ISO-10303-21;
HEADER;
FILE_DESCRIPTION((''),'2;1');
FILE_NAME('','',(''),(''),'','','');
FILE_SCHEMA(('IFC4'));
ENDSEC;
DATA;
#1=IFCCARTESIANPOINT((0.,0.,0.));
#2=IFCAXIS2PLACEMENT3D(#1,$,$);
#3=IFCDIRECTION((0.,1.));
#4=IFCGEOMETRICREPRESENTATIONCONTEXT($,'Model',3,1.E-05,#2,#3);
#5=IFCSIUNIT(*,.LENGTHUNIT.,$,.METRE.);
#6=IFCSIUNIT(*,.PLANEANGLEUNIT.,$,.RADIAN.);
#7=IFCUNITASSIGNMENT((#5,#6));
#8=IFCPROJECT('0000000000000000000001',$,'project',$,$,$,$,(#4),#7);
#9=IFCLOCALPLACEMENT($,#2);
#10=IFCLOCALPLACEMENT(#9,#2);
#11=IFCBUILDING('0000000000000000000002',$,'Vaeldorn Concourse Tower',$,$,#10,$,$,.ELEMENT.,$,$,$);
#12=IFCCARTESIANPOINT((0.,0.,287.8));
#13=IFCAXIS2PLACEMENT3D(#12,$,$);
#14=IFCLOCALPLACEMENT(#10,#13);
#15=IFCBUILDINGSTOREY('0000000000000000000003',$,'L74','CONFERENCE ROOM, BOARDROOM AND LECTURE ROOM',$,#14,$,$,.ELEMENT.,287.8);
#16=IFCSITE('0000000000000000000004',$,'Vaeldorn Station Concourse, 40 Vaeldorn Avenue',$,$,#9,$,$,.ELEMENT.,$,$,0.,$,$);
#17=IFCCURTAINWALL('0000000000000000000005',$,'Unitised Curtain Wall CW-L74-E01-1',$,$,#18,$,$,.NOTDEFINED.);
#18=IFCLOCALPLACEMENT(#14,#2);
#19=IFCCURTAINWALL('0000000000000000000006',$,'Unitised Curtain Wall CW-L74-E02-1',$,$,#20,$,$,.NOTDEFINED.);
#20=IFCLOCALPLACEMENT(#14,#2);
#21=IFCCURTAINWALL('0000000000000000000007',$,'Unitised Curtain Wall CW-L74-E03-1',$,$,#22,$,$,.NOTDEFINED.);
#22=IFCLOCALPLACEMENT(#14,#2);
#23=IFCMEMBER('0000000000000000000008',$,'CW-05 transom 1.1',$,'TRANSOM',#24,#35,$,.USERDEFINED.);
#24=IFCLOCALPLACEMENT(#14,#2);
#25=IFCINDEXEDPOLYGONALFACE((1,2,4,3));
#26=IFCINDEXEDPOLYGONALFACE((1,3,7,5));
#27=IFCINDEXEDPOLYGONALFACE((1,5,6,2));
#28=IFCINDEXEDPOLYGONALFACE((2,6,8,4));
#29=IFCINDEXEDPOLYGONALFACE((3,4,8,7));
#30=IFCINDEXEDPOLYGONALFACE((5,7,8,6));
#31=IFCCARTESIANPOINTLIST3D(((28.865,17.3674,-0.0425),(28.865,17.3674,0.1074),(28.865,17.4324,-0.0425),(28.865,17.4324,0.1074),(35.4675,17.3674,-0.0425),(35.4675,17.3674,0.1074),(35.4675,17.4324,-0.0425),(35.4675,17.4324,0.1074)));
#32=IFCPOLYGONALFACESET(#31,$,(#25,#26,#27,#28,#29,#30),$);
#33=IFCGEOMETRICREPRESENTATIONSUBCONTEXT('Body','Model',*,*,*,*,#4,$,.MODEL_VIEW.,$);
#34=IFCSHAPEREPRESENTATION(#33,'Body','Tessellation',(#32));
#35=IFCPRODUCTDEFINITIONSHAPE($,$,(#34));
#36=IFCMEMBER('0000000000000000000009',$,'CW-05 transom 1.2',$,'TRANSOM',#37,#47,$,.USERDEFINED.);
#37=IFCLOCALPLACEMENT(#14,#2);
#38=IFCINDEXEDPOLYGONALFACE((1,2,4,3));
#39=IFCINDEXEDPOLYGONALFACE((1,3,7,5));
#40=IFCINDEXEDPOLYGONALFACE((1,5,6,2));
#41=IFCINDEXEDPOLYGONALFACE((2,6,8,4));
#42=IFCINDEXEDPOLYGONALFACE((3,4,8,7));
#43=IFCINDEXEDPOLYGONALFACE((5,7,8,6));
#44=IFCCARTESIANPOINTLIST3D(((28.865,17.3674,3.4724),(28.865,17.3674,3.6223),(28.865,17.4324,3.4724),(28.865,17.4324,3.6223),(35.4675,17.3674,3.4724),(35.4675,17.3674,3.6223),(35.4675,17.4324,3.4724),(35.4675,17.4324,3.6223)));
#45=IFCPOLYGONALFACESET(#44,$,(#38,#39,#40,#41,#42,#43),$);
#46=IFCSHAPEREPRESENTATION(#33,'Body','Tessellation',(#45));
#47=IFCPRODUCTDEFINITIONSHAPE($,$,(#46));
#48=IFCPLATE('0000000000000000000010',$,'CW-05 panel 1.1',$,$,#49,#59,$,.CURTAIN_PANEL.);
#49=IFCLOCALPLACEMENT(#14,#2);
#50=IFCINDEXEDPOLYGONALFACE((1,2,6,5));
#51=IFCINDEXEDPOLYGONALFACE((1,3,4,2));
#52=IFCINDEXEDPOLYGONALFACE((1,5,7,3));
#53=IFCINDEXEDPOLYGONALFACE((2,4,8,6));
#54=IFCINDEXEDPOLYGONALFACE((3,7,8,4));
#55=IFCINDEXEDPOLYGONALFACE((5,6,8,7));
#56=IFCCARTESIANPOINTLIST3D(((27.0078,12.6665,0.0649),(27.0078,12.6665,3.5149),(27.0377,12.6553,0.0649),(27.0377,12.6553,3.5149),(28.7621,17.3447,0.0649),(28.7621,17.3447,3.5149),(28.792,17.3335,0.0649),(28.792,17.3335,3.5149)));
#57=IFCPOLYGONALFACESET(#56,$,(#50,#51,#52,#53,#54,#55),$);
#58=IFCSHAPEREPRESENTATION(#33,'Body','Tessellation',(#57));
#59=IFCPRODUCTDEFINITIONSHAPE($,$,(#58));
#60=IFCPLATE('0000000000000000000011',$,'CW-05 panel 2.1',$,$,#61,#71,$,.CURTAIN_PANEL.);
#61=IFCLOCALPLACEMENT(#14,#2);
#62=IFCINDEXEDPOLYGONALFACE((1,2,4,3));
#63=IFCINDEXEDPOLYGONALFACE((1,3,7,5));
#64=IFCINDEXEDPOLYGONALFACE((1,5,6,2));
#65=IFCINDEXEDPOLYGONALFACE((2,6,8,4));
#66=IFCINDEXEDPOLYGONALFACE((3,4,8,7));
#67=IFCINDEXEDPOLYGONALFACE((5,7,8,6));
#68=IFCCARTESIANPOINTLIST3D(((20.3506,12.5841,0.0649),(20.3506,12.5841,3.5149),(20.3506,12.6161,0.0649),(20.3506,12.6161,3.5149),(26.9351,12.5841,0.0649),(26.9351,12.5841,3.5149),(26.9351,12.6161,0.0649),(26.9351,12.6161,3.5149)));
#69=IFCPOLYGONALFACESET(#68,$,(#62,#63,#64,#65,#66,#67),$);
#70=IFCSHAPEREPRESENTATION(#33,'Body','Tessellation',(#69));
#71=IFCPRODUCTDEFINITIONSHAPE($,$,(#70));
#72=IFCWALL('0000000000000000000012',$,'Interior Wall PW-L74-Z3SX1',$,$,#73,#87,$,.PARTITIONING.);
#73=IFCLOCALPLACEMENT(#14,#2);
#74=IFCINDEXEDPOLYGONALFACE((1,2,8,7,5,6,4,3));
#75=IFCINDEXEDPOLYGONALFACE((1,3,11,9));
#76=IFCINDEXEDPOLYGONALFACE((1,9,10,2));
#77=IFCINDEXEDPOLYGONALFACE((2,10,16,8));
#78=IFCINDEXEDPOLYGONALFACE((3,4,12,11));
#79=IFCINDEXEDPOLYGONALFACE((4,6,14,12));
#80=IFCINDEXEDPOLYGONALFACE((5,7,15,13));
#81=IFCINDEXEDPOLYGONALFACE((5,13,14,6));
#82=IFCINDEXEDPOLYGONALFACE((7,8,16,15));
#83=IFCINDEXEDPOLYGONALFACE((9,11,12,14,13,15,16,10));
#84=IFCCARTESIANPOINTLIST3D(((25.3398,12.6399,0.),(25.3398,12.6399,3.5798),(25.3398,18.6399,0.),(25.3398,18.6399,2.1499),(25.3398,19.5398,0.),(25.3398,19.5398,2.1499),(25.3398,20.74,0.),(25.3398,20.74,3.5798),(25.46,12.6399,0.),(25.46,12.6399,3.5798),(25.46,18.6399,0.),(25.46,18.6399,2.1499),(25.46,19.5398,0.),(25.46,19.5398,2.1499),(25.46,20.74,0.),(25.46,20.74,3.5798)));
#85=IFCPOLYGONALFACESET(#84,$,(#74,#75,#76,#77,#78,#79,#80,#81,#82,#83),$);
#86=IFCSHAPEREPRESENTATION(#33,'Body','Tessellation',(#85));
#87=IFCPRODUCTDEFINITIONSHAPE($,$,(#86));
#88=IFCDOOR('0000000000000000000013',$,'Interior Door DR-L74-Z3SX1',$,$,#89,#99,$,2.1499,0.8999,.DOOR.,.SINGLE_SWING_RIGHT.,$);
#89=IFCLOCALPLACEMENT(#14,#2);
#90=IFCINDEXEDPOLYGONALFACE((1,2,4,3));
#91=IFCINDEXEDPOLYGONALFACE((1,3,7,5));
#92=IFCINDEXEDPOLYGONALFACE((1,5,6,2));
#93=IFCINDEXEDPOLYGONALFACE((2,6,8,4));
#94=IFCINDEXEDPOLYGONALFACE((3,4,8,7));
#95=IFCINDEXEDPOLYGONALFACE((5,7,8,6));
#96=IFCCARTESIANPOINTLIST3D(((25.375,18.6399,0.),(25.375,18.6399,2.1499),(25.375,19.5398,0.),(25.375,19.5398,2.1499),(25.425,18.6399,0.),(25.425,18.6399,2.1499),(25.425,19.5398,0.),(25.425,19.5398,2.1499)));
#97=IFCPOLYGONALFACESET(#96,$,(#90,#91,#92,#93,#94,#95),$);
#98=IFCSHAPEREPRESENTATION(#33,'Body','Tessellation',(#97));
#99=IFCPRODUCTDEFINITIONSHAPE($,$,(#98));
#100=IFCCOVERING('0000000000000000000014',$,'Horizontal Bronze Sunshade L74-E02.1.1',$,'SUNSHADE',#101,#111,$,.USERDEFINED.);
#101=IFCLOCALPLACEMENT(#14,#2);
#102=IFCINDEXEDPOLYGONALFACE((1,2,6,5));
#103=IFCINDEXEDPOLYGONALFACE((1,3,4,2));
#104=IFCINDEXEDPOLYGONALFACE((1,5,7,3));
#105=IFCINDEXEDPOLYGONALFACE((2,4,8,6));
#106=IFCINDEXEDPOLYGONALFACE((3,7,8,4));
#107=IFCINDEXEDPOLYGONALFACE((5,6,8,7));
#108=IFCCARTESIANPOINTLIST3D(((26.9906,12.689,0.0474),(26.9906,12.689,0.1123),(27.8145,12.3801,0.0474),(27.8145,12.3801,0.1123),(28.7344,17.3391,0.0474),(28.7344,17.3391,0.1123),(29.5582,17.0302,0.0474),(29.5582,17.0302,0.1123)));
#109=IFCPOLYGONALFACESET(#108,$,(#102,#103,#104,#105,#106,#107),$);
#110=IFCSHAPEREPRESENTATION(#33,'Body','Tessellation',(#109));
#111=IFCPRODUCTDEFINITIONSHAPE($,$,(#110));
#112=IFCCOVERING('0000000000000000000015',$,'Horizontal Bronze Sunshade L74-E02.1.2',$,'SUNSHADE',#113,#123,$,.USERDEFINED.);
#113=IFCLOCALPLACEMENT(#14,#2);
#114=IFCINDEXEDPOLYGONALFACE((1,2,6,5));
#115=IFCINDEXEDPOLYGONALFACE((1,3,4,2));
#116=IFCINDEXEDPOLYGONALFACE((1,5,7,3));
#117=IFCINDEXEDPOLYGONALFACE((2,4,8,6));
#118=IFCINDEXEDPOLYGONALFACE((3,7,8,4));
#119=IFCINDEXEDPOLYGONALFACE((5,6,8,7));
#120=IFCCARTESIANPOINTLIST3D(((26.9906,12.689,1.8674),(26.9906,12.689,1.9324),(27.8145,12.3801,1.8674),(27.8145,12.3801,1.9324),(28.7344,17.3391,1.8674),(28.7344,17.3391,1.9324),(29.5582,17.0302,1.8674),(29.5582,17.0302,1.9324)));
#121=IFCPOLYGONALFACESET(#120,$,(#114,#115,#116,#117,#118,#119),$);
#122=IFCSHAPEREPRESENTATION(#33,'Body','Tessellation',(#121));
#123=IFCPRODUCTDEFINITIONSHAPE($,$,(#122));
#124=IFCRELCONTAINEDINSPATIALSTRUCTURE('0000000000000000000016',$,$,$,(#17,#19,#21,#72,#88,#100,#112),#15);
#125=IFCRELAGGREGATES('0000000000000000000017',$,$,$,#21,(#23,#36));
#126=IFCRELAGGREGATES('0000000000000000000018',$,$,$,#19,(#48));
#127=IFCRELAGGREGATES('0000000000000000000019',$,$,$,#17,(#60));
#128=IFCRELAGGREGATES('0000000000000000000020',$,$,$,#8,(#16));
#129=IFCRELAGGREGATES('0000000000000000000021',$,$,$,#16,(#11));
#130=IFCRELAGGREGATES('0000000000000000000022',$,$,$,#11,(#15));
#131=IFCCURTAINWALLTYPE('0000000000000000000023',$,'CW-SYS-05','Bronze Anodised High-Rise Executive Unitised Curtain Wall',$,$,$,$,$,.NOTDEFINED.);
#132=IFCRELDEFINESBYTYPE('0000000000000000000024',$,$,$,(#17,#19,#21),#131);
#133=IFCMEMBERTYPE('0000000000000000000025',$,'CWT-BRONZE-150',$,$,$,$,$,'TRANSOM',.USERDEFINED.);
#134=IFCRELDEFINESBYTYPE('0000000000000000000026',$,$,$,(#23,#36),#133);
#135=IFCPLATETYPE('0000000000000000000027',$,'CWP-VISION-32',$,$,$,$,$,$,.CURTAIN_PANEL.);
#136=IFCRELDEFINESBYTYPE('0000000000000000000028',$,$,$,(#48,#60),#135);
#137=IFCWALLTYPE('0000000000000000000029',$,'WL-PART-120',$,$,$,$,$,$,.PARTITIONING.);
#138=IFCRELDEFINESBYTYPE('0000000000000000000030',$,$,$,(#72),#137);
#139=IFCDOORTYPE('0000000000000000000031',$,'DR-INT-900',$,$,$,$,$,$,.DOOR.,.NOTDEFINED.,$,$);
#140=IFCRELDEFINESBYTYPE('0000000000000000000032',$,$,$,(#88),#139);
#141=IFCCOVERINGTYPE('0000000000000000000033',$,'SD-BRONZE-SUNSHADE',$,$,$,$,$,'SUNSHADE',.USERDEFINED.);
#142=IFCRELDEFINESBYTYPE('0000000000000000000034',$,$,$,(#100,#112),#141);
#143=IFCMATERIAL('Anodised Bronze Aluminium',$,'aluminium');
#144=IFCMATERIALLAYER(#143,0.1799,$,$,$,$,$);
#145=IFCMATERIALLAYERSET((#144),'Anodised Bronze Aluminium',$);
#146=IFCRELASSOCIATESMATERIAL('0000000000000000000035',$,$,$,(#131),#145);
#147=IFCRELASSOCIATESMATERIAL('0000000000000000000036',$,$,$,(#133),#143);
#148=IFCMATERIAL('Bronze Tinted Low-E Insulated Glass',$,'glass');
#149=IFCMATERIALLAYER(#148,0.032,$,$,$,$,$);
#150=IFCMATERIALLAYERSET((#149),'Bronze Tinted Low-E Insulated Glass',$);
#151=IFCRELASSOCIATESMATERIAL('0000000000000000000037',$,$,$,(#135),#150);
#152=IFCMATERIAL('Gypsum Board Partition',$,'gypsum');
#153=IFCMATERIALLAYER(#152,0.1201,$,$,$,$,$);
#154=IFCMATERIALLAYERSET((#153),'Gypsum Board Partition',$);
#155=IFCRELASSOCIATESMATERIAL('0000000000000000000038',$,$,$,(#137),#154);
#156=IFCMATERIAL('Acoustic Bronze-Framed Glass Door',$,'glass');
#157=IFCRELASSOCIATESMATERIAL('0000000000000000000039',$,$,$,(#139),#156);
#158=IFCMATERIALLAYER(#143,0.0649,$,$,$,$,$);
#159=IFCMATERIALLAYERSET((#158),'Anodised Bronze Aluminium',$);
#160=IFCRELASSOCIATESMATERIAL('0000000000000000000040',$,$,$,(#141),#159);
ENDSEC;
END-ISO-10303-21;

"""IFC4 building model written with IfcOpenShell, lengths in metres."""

from ifc_helpers import new_model, si_unit, direction, frame, frame_2d, origin, origin_2d, place, context, subcontext, project, spatial, rectangle, extrude, source, transform, mapped, material, layer, layer_set, material_profile, profile_set, type_object, element, fill, aggregate, save


model = new_model("IFC4")

# Units and contexts
model_context = context("Model", 3, precision=1e-05, world=origin(), true_north=direction((0.0, 1.0)))
body_context = subcontext(model_context, "Body", "Model", "MODEL_VIEW")
ifc_project = project(units=[si_unit("LENGTHUNIT", "METRE"), si_unit("PLANEANGLEUNIT", "RADIAN")], contexts=[model_context])

# Site, building, storey
site_placement = place(None, origin())
site = spatial("IfcSite", under=ifc_project, at=site_placement, Name="Vaeldorn Station Concourse, 40 Vaeldorn Avenue", CompositionType="ELEMENT", RefElevation=0.0)
building_placement = place(site_placement, origin())
building = spatial("IfcBuilding", under=site, at=building_placement, Name="Vaeldorn Concourse Tower", CompositionType="ELEMENT")
storey_placement = place(building_placement, frame((0.0, 0.0, 287.8)))
storey = spatial("IfcBuildingStorey", under=building, at=storey_placement, Name="L74", Description="CONFERENCE ROOM, BOARDROOM AND LECTURE ROOM", CompositionType="ELEMENT", Elevation=287.8)

# Curtain wall
ifc_material_1 = material(Name="Anodised Bronze Aluminium", Category="aluminium")
ifc_layer_1 = layer(ifc_material_1, 0.1799)
ifc_layer_set_1 = layer_set([ifc_layer_1], Name="Anodised Bronze Aluminium")
curtain_wall_type = type_object("IfcCurtainWallType", Name="CW-SYS-05", Description="Bronze Anodised High-Rise Executive Unitised Curtain Wall", PredefinedType="NOTDEFINED", material=ifc_layer_set_1)
curtain_wall_1_placement = place(storey_placement, origin())
curtain_wall_1 = element("IfcCurtainWall", 1, at=curtain_wall_1_placement, inside=storey, type_object=curtain_wall_type, Name="Unitised Curtain Wall CW-L74-E01-1", PredefinedType="NOTDEFINED")

# Curtain wall
curtain_wall_2_placement = place(storey_placement, origin())
curtain_wall_2 = element("IfcCurtainWall", 2, at=curtain_wall_2_placement, inside=storey, type_object=curtain_wall_type, Name="Unitised Curtain Wall CW-L74-E02-1", PredefinedType="NOTDEFINED")

# Curtain wall
curtain_wall_3_placement = place(storey_placement, origin())
curtain_wall_3 = element("IfcCurtainWall", 3, at=curtain_wall_3_placement, inside=storey, type_object=curtain_wall_type, Name="Unitised Curtain Wall CW-L74-E03-1", PredefinedType="NOTDEFINED")

# Members
ifc_material_profile_1 = material_profile(ifc_material_1, rectangle(XDim=0.0649, YDim=0.1499, at=origin_2d()), Name="CWT 65x150")
ifc_profile_set_1 = profile_set([ifc_material_profile_1], Name="Anodised Bronze Aluminium")
member_type_1 = type_object("IfcMemberType", Name="CWT-BRONZE-150", ElementType="TRANSOM", PredefinedType="USERDEFINED", material=ifc_profile_set_1)
shared_shape_1 = source(origin(), body_context, "Body", "SweptSolid", [
    extrude(rectangle(XDim=0.0649, YDim=0.1499, at=origin_2d()), origin(), (0.0, 0.0, 1.0), 6.6025),
])
member_1_placement = place(storey_placement, frame((28.865, 17.3999, 0.0325), z_axis=(1.0, 0.0, 0.0), x_axis=(0.0, 1.0, 0.0)))
member_1 = element("IfcMember", 4, at=member_1_placement, type_object=member_type_1, Name="CW-05 transom 1.1", ObjectType="TRANSOM", PredefinedType="USERDEFINED", context=body_context, shape_type="MappedRepresentation", body=[
    mapped(shared_shape_1, transform((0.0, 0.0, 0.0), scale=1.0)),
])
member_2_placement = place(storey_placement, frame((28.865, 17.3999, 3.5474), z_axis=(1.0, 0.0, 0.0), x_axis=(0.0, 1.0, 0.0)))
member_2 = element("IfcMember", 5, at=member_2_placement, type_object=member_type_1, Name="CW-05 transom 1.2", ObjectType="TRANSOM", PredefinedType="USERDEFINED", context=body_context, shape_type="MappedRepresentation", body=[
    mapped(shared_shape_1, transform((0.0, 0.0, 0.0), scale=1.0)),
])
aggregate(curtain_wall_3, [member_1, member_2])

# Plates
ifc_material_2 = material(Name="Bronze Tinted Low-E Insulated Glass", Category="glass")
ifc_layer_2 = layer(ifc_material_2, 0.032)
ifc_layer_set_2 = layer_set([ifc_layer_2], Name="Bronze Tinted Low-E Insulated Glass")
plate_type = type_object("IfcPlateType", Name="CWP-VISION-32", PredefinedType="CURTAIN_PANEL", material=ifc_layer_set_2)
shared_shape_2 = source(origin(), body_context, "Body", "SweptSolid", [
    extrude(rectangle(XDim=4.9963, YDim=0.032, at=origin_2d()), origin(), (0.0, 0.0, 1.0), 3.45),
])
plate_1_placement = place(storey_placement, frame((27.8999, 15.0, 0.0649), z_axis=(0.0, 0.0, 1.0), x_axis=(0.351123, 0.936329, 0.0)))
plate_1 = element("IfcPlate", 6, at=plate_1_placement, type_object=plate_type, Name="CW-05 panel 1.1", PredefinedType="CURTAIN_PANEL", context=body_context, shape_type="MappedRepresentation", body=[
    mapped(shared_shape_2, transform((0.0, 0.0, 0.0), scale=1.0)),
])
aggregate(curtain_wall_2, [plate_1])
shared_shape_3 = source(origin(), body_context, "Body", "SweptSolid", [
    extrude(rectangle(XDim=6.5845, YDim=0.032, at=origin_2d()), origin(), (0.0, 0.0, 1.0), 3.45),
])
plate_2_placement = place(storey_placement, frame((23.6428, 12.6001, 0.0649), z_axis=(0.0, 0.0, 1.0), x_axis=(1.0, 0.0, 0.0)))
plate_2 = element("IfcPlate", 7, at=plate_2_placement, type_object=plate_type, Name="CW-05 panel 2.1", PredefinedType="CURTAIN_PANEL", context=body_context, shape_type="MappedRepresentation", body=[
    mapped(shared_shape_3, transform((0.0, 0.0, 0.0), scale=1.0)),
])
aggregate(curtain_wall_1, [plate_2])

# Wall, opening, door
ifc_material_3 = material(Name="Gypsum Board Partition", Category="gypsum")
ifc_layer_3 = layer(ifc_material_3, 0.1201)
ifc_layer_set_3 = layer_set([ifc_layer_3], Name="Gypsum Board Partition")
wall_type = type_object("IfcWallType", Name="WL-PART-120", PredefinedType="PARTITIONING", material=ifc_layer_set_3)
wall_placement = place(storey_placement, frame((25.3999, 12.6399, 0.0), z_axis=(0.0, 0.0, 1.0), x_axis=(0.0, 1.0, 0.0)))
wall = element("IfcWall", 8, at=wall_placement, inside=storey, type_object=wall_type, Name="Interior Wall PW-L74-Z3SX1", PredefinedType="PARTITIONING", context=body_context, shape_type="SweptSolid", body=[
    extrude(rectangle(XDim=8.1001, YDim=0.1201, at=frame_2d((4.05, 0.0))), origin(), (0.0, 0.0, 1.0), 3.5798),
])
opening_placement = place(wall_placement, frame((6.0, 0.0, 0.0)))
opening = element("IfcOpeningElement", 9, at=opening_placement, cuts=wall, PredefinedType="OPENING", context=body_context, shape_type="SweptSolid", body=[
    extrude(rectangle(XDim=0.8999, YDim=2.1499, at=frame_2d((0.45, 1.075))), frame((0.0, 0.0701, 0.0), z_axis=(0.0, -1.0, 0.0), x_axis=(1.0, 0.0, 0.0)), (0.0, 0.0, 1.0), 0.1401),
])
ifc_material_4 = material(Name="Acoustic Bronze-Framed Glass Door", Category="glass")
door_type = type_object("IfcDoorType", Name="DR-INT-900", OperationType="NOTDEFINED", PredefinedType="DOOR", material=ifc_material_4)
shared_shape_4 = source(origin(), body_context, "Body", "SweptSolid", [
    extrude(rectangle(XDim=0.8999, YDim=2.1499, at=frame_2d((0.45, 1.075))), frame((0.0, 0.0249, 0.0), z_axis=(0.0, -1.0, 0.0), x_axis=(1.0, 0.0, 0.0)), (0.0, 0.0, 1.0), 0.05),
])
door_placement = place(opening_placement, origin())
door = element("IfcDoor", 10, at=door_placement, inside=storey, type_object=door_type, Name="Interior Door DR-L74-Z3SX1", OperationType="SINGLE_SWING_RIGHT", OverallHeight=2.1499, OverallWidth=0.8999, PredefinedType="DOOR", context=body_context, shape_type="MappedRepresentation", body=[
    mapped(shared_shape_4, transform((0.0, 0.0, 0.0), scale=1.0)),
])
fill(opening, door)

# Coverings
ifc_layer_4 = layer(ifc_material_1, 0.0649)
ifc_layer_set_4 = layer_set([ifc_layer_4], Name="Anodised Bronze Aluminium")
covering_type = type_object("IfcCoveringType", Name="SD-BRONZE-SUNSHADE", ElementType="SUNSHADE", PredefinedType="USERDEFINED", material=ifc_layer_set_4)
shared_shape_5 = source(origin(), body_context, "Body", "SweptSolid", [
    extrude(rectangle(XDim=4.9663, YDim=0.8799, at=origin_2d()), origin(), (0.0, 0.0, 1.0), 0.0649),
])
for number, where, z_axis, x_axis, name in (
    (11, (28.2744, 14.8596, 0.0474), (0.0, 0.0, 1.0), (0.351123, 0.936329, 0.0), "Horizontal Bronze Sunshade L74-E02.1.1"),
    (12, (28.2744, 14.8596, 1.8674), (0.0, 0.0, 1.0), (0.351123, 0.936329, 0.0), "Horizontal Bronze Sunshade L74-E02.1.2"),
):
    element("IfcCovering", number, at=place(storey_placement, frame(where, z_axis=z_axis, x_axis=x_axis)), inside=storey, type_object=covering_type, Name=name, ObjectType="SUNSHADE", PredefinedType="USERDEFINED", context=body_context, shape_type="MappedRepresentation", body=[
        mapped(shared_shape_5, transform((0.0, 0.0, 0.0), scale=1.0)),
    ])

save(model, "model.ifc")
